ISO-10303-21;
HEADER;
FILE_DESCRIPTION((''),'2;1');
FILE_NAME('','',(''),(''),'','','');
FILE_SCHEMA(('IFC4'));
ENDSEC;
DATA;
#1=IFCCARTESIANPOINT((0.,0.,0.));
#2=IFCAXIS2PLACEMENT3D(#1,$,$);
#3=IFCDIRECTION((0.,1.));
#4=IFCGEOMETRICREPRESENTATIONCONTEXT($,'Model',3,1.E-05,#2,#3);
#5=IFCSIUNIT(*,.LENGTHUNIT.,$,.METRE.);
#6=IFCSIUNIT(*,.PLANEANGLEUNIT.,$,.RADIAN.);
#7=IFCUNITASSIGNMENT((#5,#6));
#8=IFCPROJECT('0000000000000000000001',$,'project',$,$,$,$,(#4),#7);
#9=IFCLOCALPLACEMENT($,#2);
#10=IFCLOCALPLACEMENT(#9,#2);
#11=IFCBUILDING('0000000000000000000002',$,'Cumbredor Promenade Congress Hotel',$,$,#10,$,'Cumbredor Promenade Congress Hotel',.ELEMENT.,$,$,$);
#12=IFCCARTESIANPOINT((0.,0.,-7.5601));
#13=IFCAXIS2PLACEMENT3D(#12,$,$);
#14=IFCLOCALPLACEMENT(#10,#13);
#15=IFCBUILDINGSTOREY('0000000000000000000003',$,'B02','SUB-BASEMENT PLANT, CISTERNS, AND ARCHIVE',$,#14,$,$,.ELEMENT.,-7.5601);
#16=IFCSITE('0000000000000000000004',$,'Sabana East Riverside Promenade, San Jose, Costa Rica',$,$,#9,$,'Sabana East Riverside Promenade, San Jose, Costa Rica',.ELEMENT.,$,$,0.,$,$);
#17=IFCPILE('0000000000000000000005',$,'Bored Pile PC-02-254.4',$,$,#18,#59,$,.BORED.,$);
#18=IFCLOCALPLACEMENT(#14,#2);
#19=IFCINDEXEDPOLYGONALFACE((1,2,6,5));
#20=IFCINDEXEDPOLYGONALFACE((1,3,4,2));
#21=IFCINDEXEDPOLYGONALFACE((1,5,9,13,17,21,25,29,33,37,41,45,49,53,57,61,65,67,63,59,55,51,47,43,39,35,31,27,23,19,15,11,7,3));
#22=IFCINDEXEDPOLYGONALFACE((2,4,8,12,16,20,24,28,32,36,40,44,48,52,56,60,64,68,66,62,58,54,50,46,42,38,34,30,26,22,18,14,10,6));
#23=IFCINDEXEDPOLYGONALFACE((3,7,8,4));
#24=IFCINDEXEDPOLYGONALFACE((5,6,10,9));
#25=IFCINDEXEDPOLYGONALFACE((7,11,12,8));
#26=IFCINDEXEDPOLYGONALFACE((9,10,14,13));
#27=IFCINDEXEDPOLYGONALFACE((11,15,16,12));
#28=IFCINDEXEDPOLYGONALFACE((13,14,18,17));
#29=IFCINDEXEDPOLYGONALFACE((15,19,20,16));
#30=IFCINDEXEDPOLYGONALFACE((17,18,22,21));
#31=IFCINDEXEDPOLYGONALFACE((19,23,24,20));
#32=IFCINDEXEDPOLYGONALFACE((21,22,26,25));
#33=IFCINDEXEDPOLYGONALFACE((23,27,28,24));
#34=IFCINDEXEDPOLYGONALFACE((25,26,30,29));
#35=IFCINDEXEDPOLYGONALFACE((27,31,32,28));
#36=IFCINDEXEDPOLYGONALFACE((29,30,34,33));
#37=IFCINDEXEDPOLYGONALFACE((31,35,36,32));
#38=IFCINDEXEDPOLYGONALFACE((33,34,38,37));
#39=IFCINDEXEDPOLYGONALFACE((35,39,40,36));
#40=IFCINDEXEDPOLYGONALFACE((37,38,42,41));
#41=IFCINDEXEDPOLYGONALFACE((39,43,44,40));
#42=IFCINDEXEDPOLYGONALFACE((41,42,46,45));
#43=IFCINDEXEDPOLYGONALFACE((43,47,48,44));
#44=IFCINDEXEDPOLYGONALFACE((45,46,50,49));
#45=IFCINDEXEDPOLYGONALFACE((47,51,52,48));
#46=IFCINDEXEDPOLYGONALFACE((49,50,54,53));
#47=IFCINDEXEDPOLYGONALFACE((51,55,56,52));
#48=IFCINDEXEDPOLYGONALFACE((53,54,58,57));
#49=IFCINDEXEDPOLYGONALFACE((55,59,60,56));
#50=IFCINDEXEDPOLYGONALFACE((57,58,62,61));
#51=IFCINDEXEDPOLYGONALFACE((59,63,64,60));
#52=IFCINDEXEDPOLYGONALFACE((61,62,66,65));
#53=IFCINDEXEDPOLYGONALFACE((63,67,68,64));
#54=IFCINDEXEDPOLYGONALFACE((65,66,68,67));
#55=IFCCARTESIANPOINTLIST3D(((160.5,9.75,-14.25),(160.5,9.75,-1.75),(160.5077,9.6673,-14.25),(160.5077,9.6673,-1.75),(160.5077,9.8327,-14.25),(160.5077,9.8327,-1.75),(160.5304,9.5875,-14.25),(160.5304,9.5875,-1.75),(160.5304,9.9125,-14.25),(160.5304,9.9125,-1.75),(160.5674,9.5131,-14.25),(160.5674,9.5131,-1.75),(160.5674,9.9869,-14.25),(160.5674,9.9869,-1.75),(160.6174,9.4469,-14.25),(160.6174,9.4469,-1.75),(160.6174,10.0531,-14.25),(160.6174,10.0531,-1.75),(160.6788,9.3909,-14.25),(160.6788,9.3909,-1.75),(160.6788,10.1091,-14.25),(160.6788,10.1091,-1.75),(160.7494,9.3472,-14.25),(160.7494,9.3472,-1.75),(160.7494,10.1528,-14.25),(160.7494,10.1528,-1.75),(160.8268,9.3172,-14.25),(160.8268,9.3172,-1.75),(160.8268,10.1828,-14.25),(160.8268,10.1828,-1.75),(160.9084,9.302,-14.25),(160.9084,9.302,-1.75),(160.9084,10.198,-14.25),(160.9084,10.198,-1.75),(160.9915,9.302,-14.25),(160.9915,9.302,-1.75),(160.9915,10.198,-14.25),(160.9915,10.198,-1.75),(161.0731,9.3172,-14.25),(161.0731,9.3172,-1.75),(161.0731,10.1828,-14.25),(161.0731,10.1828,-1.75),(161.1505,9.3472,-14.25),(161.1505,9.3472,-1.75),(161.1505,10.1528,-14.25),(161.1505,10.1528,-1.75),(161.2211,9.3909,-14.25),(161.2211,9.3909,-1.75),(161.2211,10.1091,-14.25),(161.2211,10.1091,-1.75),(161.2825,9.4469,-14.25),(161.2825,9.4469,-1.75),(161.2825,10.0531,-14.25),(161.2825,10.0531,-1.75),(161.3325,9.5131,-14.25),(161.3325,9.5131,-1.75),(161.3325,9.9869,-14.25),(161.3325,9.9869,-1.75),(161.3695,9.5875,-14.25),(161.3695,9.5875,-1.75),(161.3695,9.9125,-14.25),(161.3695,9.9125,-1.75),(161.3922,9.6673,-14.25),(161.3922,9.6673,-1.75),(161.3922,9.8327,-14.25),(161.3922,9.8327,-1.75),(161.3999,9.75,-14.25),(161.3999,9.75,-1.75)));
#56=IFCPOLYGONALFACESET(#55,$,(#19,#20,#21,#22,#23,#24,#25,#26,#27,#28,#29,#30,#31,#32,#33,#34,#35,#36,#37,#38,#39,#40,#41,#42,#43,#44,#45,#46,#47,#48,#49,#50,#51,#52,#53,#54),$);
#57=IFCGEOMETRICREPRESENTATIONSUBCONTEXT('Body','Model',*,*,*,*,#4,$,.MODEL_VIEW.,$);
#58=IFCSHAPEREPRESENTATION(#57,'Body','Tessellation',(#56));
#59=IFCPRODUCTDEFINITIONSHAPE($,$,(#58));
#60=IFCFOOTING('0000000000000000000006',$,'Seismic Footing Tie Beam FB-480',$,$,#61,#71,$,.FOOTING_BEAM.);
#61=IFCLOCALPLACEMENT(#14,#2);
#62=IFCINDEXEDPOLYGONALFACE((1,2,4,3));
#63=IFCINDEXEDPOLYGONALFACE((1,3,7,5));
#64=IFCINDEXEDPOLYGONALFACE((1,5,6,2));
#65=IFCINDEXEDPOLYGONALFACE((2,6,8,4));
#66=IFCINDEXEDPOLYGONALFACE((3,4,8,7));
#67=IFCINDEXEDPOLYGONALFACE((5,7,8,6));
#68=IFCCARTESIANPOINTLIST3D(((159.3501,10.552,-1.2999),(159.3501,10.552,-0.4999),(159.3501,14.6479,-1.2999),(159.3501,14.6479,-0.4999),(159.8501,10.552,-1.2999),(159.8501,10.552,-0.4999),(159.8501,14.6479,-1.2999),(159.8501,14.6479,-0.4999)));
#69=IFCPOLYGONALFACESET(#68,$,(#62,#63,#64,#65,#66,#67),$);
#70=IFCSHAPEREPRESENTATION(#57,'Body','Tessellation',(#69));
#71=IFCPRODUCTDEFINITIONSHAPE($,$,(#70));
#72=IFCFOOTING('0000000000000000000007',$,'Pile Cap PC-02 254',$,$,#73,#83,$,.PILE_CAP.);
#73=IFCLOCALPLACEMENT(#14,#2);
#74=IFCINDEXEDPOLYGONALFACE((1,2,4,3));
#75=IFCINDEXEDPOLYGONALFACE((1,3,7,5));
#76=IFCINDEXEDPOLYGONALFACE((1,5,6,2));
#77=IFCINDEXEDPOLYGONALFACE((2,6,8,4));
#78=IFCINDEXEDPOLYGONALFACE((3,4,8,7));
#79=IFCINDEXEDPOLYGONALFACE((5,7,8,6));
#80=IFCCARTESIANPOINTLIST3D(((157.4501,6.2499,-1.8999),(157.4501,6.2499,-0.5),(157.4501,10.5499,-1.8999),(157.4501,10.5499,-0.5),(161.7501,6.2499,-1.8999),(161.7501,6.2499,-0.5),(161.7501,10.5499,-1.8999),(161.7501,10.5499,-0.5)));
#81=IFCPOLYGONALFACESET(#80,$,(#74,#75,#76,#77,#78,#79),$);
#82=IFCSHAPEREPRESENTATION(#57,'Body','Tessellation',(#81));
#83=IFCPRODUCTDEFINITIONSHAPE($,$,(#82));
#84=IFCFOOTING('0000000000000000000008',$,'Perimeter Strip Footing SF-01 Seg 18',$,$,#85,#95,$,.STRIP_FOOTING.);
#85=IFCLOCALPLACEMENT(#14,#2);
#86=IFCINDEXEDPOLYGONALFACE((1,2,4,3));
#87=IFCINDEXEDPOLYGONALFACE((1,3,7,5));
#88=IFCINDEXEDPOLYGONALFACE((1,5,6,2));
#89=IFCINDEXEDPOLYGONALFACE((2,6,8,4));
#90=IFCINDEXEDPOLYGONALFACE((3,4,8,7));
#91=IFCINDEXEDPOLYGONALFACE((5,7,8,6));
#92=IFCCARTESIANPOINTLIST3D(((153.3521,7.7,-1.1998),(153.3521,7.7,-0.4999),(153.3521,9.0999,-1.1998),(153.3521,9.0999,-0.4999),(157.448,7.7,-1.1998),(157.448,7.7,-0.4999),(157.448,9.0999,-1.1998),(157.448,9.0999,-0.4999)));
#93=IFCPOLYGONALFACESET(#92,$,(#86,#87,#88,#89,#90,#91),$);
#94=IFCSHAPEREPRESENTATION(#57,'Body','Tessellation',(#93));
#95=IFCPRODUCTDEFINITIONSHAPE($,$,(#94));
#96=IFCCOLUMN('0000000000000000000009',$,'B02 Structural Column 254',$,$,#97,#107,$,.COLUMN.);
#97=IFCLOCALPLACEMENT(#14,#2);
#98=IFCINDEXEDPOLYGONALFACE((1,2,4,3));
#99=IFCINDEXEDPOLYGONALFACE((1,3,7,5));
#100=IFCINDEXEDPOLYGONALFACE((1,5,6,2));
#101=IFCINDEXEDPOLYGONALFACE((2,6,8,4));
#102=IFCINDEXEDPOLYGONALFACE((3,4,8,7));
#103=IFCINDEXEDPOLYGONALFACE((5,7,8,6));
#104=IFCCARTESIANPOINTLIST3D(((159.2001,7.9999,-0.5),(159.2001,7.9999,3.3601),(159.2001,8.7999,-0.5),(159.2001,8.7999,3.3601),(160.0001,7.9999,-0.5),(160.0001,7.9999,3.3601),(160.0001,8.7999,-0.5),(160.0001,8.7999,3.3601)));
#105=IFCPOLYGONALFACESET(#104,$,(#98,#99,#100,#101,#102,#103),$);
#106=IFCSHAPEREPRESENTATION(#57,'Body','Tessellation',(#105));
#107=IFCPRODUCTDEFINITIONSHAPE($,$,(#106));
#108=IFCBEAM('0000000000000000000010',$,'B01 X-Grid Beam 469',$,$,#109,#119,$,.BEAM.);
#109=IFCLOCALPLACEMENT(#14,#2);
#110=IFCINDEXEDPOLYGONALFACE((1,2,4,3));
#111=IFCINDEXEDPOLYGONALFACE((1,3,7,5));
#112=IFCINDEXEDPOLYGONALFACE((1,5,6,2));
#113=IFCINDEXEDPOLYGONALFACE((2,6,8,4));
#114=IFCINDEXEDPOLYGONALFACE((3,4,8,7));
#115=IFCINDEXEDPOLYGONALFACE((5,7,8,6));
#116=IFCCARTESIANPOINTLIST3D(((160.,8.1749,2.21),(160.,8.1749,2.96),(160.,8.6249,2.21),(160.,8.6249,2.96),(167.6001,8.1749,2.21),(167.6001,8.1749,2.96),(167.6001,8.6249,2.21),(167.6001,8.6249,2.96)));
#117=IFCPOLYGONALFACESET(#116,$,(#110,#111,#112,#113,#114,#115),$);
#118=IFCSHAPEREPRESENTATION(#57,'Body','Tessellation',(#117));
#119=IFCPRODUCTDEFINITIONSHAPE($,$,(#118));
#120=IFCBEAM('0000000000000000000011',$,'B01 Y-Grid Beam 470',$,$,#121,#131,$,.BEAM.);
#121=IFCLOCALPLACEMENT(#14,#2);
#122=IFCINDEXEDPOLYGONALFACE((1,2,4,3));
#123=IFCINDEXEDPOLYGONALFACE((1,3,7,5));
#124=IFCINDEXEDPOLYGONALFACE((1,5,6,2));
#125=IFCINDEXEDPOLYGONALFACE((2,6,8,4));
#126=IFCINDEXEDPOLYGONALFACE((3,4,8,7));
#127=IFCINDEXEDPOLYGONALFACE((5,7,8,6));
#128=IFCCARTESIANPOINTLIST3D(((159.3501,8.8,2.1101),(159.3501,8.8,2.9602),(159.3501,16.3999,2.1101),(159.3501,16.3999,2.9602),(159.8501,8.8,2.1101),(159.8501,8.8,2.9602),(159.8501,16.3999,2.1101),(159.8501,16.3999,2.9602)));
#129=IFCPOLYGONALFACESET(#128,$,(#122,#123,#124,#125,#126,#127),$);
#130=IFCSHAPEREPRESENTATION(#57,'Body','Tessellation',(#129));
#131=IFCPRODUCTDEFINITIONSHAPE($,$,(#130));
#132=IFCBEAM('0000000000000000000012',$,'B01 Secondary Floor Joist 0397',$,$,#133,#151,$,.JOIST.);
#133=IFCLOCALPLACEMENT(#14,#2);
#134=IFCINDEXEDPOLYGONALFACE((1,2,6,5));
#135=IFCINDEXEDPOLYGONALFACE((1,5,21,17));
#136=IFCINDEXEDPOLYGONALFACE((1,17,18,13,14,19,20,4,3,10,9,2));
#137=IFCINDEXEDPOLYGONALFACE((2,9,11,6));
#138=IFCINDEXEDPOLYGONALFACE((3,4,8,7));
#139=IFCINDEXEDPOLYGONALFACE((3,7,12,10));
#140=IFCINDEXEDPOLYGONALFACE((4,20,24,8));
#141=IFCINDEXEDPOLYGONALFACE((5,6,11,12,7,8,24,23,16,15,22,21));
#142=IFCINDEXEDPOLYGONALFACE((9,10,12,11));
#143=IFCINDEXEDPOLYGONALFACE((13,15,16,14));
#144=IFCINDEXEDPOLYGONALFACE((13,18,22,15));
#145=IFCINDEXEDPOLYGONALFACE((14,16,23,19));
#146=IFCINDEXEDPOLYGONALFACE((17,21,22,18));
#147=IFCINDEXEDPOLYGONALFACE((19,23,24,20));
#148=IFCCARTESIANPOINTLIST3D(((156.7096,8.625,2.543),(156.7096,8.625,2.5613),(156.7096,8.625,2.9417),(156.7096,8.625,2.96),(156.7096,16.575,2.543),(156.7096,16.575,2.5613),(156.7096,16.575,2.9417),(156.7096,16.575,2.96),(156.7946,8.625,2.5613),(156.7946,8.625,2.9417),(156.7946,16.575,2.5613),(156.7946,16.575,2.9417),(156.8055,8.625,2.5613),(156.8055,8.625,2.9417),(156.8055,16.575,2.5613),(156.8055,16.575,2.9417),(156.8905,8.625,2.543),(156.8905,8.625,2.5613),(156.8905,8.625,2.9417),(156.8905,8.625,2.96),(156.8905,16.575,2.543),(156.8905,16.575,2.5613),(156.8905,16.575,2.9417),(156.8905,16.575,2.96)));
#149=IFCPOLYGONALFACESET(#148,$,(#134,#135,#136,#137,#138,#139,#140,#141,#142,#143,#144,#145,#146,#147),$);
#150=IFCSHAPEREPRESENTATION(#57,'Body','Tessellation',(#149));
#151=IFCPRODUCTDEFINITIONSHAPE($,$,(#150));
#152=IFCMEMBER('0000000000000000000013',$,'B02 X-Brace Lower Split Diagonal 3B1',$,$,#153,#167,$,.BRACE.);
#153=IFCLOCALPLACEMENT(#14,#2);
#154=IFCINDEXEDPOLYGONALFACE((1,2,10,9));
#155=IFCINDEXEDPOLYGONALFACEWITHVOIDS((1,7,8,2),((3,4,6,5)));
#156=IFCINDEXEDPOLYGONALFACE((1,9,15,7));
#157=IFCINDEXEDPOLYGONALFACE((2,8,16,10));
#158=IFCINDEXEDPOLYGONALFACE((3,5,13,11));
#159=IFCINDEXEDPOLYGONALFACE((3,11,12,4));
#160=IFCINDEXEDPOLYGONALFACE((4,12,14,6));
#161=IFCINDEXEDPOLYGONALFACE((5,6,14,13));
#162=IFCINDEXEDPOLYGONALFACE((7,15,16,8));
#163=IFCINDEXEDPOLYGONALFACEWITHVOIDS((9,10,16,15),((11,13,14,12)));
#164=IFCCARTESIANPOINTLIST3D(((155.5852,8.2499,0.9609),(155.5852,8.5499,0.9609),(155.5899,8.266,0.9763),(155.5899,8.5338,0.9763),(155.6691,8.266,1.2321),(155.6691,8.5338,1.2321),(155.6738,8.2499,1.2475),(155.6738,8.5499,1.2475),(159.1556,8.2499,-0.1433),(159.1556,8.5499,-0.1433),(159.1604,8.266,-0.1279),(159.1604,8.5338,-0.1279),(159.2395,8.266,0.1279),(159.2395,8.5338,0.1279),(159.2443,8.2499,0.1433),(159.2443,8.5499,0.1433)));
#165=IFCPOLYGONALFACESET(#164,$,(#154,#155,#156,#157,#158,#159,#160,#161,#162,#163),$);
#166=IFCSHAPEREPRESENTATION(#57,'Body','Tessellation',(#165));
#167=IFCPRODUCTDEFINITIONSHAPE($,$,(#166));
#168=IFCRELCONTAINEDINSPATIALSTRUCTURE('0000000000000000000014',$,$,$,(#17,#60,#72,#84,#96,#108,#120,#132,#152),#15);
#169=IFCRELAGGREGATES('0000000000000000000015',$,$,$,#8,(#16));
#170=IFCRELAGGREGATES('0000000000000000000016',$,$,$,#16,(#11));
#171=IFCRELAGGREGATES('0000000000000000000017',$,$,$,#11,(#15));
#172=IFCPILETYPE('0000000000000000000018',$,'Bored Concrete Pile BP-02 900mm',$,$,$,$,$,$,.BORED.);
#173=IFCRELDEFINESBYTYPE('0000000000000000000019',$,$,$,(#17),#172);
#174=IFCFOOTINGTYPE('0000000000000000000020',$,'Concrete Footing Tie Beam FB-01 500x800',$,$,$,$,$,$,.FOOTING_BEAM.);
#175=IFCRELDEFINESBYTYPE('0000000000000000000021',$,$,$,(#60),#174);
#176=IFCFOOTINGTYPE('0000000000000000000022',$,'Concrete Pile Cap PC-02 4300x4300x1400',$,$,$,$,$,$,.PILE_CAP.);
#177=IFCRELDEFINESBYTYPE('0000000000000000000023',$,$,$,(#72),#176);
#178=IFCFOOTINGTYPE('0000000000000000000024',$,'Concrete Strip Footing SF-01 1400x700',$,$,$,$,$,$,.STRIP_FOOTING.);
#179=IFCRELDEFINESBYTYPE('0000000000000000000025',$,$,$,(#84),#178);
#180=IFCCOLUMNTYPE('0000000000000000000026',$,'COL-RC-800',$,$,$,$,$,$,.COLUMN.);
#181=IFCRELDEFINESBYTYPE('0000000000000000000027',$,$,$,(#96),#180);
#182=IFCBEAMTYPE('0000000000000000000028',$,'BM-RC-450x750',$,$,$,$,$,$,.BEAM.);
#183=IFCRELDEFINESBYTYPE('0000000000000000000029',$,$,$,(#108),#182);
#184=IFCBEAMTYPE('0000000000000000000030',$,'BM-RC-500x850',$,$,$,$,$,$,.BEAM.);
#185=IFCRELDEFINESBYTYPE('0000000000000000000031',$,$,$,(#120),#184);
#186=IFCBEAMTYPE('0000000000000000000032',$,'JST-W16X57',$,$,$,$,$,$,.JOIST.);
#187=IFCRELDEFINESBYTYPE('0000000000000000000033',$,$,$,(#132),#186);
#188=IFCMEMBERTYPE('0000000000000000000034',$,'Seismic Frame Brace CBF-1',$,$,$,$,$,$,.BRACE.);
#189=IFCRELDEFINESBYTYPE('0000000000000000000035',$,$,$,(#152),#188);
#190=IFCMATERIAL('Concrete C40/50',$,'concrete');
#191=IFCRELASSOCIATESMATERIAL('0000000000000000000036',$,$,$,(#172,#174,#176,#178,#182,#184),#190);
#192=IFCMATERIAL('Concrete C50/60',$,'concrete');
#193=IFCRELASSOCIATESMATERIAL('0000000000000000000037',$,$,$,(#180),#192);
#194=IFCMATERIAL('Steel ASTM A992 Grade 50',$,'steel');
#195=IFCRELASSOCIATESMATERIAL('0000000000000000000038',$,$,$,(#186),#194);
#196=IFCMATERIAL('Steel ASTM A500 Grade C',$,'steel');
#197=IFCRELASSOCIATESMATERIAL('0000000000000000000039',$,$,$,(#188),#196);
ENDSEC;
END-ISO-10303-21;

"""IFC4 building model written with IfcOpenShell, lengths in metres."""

from ifc_helpers import new_model, si_unit, direction, frame, origin, origin_2d, place, context, subcontext, project, spatial, rectangle, hollow_rectangle, circle, i_section, extrude, material, material_profile, profile_set, type_object, element, save


model = new_model("IFC4")

# Units and contexts
model_context = context("Model", 3, precision=1e-05, world=origin(), true_north=direction((0.0, 1.0)))
body_context = subcontext(model_context, "Body", "Model", "MODEL_VIEW")
ifc_project = project(units=[si_unit("LENGTHUNIT", "METRE"), si_unit("PLANEANGLEUNIT", "RADIAN")], contexts=[model_context])

# Site, building, storey
site_placement = place(None, origin())
site = spatial("IfcSite", under=ifc_project, at=site_placement, Name="Sabana East Riverside Promenade, San Jose, Costa Rica", LongName="Sabana East Riverside Promenade, San Jose, Costa Rica", CompositionType="ELEMENT", RefElevation=0.0)
building_placement = place(site_placement, origin())
building = spatial("IfcBuilding", under=site, at=building_placement, Name="Cumbredor Promenade Congress Hotel", LongName="Cumbredor Promenade Congress Hotel", CompositionType="ELEMENT")
storey_placement = place(building_placement, frame((0.0, 0.0, -7.5601)))
storey = spatial("IfcBuildingStorey", under=building, at=storey_placement, Name="B02", Description="SUB-BASEMENT PLANT, CISTERNS, AND ARCHIVE", CompositionType="ELEMENT", Elevation=-7.5601)

# Pile
ifc_material_1 = material(Name="Concrete C40/50", Category="concrete")
ifc_material_profile_1 = material_profile(ifc_material_1, circle(Radius=0.45, at=origin_2d()), Name="PILE D900")
ifc_profile_set_1 = profile_set([ifc_material_profile_1], Name="Concrete C40/50")
pile_type = type_object("IfcPileType", Name="Bored Concrete Pile BP-02 900mm", PredefinedType="BORED", material=ifc_profile_set_1)
for number, where, z_axis, x_axis, name in (
    (1, (160.95, 9.75, -1.75), (0.0, 0.0, -1.0), (1.0, 0.0, 0.0), "Bored Pile PC-02-254.4"),
):
    element("IfcPile", number, at=place(storey_placement, frame(where, z_axis=z_axis, x_axis=x_axis)), inside=storey, type_object=pile_type, Name=name, PredefinedType="BORED", context=body_context, shape_type="SweptSolid", body=[
        extrude(circle(Radius=0.45, at=origin_2d()), origin(), (0.0, 0.0, 1.0), 12.5),
    ])

# Footings
ifc_material_profile_2 = material_profile(ifc_material_1, rectangle(XDim=0.5, YDim=0.8, at=origin_2d()), Name="FB 500x800")
ifc_profile_set_2 = profile_set([ifc_material_profile_2], Name="Concrete C40/50")
footing_type_1 = type_object("IfcFootingType", Name="Concrete Footing Tie Beam FB-01 500x800", PredefinedType="FOOTING_BEAM", material=ifc_profile_set_2)
footing_1_placement = place(storey_placement, frame((159.6001, 10.552, -0.8999), z_axis=(0.0, 1.0, 0.0), x_axis=(-1.0, 0.0, 0.0)))
element("IfcFooting", 2, at=footing_1_placement, inside=storey, type_object=footing_type_1, Name="Seismic Footing Tie Beam FB-480", PredefinedType="FOOTING_BEAM", context=body_context, shape_type="SweptSolid", body=[
    extrude(rectangle(XDim=0.5, YDim=0.8, at=origin_2d()), origin(), (0.0, 0.0, 1.0), 4.0959),
])
footing_type_2 = type_object("IfcFootingType", Name="Concrete Pile Cap PC-02 4300x4300x1400", PredefinedType="PILE_CAP", material=ifc_material_1)
footing_2_placement = place(storey_placement, frame((159.6001, 8.3999, -1.8999), z_axis=(0.0, 0.0, 1.0), x_axis=(1.0, 0.0, 0.0)))
element("IfcFooting", 3, at=footing_2_placement, inside=storey, type_object=footing_type_2, Name="Pile Cap PC-02 254", PredefinedType="PILE_CAP", context=body_context, shape_type="SweptSolid", body=[
    extrude(rectangle(XDim=4.3, YDim=4.3, at=origin_2d()), origin(), (0.0, 0.0, 1.0), 1.3999),
])
ifc_material_profile_3 = material_profile(ifc_material_1, rectangle(XDim=1.3999, YDim=0.7, at=origin_2d()), Name="SF 1400x700")
ifc_profile_set_3 = profile_set([ifc_material_profile_3], Name="Concrete C40/50")
footing_type_3 = type_object("IfcFootingType", Name="Concrete Strip Footing SF-01 1400x700", PredefinedType="STRIP_FOOTING", material=ifc_profile_set_3)
footing_3_placement = place(storey_placement, frame((153.3521, 8.3999, -0.8499), z_axis=(1.0, 0.0, 0.0), x_axis=(0.0, 1.0, 0.0)))
element("IfcFooting", 4, at=footing_3_placement, inside=storey, type_object=footing_type_3, Name="Perimeter Strip Footing SF-01 Seg 18", PredefinedType="STRIP_FOOTING", context=body_context, shape_type="SweptSolid", body=[
    extrude(rectangle(XDim=1.3999, YDim=0.7, at=origin_2d()), origin(), (0.0, 0.0, 1.0), 4.0959),
])

# Column
ifc_material_2 = material(Name="Concrete C50/60", Category="concrete")
ifc_material_profile_4 = material_profile(ifc_material_2, rectangle(XDim=0.8, YDim=0.8, at=origin_2d()), Name="RC 800x800")
ifc_profile_set_4 = profile_set([ifc_material_profile_4], Name="Concrete C50/60")
column_type = type_object("IfcColumnType", Name="COL-RC-800", PredefinedType="COLUMN", material=ifc_profile_set_4)
column_placement = place(storey_placement, frame((159.6001, 8.3999, -0.5), z_axis=(0.0, 0.0, 1.0), x_axis=(1.0, 0.0, 0.0)))
element("IfcColumn", 5, at=column_placement, inside=storey, type_object=column_type, Name="B02 Structural Column 254", PredefinedType="COLUMN", context=body_context, shape_type="SweptSolid", body=[
    extrude(rectangle(XDim=0.8, YDim=0.8, at=origin_2d()), origin(), (0.0, 0.0, 1.0), 3.8601),
])

# Beams
ifc_material_profile_5 = material_profile(ifc_material_1, rectangle(XDim=0.45, YDim=0.75, at=origin_2d()), Name="RC BEAM 450x750")
ifc_profile_set_5 = profile_set([ifc_material_profile_5], Name="Concrete C40/50")
beam_type_1 = type_object("IfcBeamType", Name="BM-RC-450x750", PredefinedType="BEAM", material=ifc_profile_set_5)
beam_1_placement = place(storey_placement, frame((160.0, 8.3999, 2.585), z_axis=(1.0, 0.0, 0.0), x_axis=(0.0, 1.0, 0.0)))
element("IfcBeam", 6, at=beam_1_placement, inside=storey, type_object=beam_type_1, Name="B01 X-Grid Beam 469", PredefinedType="BEAM", context=body_context, shape_type="SweptSolid", body=[
    extrude(rectangle(XDim=0.45, YDim=0.75, at=origin_2d()), origin(), (0.0, 0.0, 1.0), 7.6001),
])
ifc_material_profile_6 = material_profile(ifc_material_1, rectangle(XDim=0.5, YDim=0.8501, at=origin_2d()), Name="RC BEAM 500x850")
ifc_profile_set_6 = profile_set([ifc_material_profile_6], Name="Concrete C40/50")
beam_type_2 = type_object("IfcBeamType", Name="BM-RC-500x850", PredefinedType="BEAM", material=ifc_profile_set_6)
beam_2_placement = place(storey_placement, frame((159.6001, 8.8, 2.5352), z_axis=(0.0, 1.0, 0.0), x_axis=(-1.0, 0.0, 0.0)))
element("IfcBeam", 7, at=beam_2_placement, inside=storey, type_object=beam_type_2, Name="B01 Y-Grid Beam 470", PredefinedType="BEAM", context=body_context, shape_type="SweptSolid", body=[
    extrude(rectangle(XDim=0.5, YDim=0.8501, at=origin_2d()), origin(), (0.0, 0.0, 1.0), 7.5999),
])
ifc_material_3 = material(Name="Steel ASTM A992 Grade 50", Category="steel")
ifc_material_profile_7 = material_profile(ifc_material_3, i_section(OverallWidth=0.1809, OverallDepth=0.417, WebThickness=0.011, FlangeThickness=0.0183, at=origin_2d()), Name="W16X57")
ifc_profile_set_7 = profile_set([ifc_material_profile_7], Name="Steel ASTM A992 Grade 50")
beam_type_3 = type_object("IfcBeamType", Name="JST-W16X57", PredefinedType="JOIST", material=ifc_profile_set_7)
beam_3_placement = place(storey_placement, frame((156.8, 8.625, 2.7515), z_axis=(0.0, 1.0, 0.0), x_axis=(-1.0, 0.0, 0.0)))
element("IfcBeam", 8, at=beam_3_placement, inside=storey, type_object=beam_type_3, Name="B01 Secondary Floor Joist 0397", PredefinedType="JOIST", context=body_context, shape_type="SweptSolid", body=[
    extrude(i_section(OverallWidth=0.1809, OverallDepth=0.417, WebThickness=0.011, FlangeThickness=0.0183, at=origin_2d()), origin(), (0.0, 0.0, 1.0), 7.95),
])

# Member
ifc_material_4 = material(Name="Steel ASTM A500 Grade C", Category="steel")
ifc_material_profile_8 = material_profile(ifc_material_4, hollow_rectangle(XDim=0.3, YDim=0.3, WallThickness=0.0161, at=origin_2d()), Name="HSS 300x300x16")
ifc_profile_set_8 = profile_set([ifc_material_profile_8], Name="Steel ASTM A500 Grade C")
member_type = type_object("IfcMemberType", Name="Seismic Frame Brace CBF-1", PredefinedType="BRACE", material=ifc_profile_set_8)
for number, where, z_axis, x_axis, name in (
    (9, (159.2, 8.3999, 0.0), (-0.955356, 0.0, 0.295458), (0.0, -1.0, 0.0), "B02 X-Brace Lower Split Diagonal 3B1"),
):
    element("IfcMember", number, at=place(storey_placement, frame(where, z_axis=z_axis, x_axis=x_axis)), inside=storey, type_object=member_type, Name=name, PredefinedType="BRACE", context=body_context, shape_type="SweptSolid", body=[
        extrude(hollow_rectangle(XDim=0.3, YDim=0.3, WallThickness=0.0161, at=origin_2d()), origin(), (0.0, 0.0, 1.0), 3.7373),
    ])

save(model, "model.ifc")
